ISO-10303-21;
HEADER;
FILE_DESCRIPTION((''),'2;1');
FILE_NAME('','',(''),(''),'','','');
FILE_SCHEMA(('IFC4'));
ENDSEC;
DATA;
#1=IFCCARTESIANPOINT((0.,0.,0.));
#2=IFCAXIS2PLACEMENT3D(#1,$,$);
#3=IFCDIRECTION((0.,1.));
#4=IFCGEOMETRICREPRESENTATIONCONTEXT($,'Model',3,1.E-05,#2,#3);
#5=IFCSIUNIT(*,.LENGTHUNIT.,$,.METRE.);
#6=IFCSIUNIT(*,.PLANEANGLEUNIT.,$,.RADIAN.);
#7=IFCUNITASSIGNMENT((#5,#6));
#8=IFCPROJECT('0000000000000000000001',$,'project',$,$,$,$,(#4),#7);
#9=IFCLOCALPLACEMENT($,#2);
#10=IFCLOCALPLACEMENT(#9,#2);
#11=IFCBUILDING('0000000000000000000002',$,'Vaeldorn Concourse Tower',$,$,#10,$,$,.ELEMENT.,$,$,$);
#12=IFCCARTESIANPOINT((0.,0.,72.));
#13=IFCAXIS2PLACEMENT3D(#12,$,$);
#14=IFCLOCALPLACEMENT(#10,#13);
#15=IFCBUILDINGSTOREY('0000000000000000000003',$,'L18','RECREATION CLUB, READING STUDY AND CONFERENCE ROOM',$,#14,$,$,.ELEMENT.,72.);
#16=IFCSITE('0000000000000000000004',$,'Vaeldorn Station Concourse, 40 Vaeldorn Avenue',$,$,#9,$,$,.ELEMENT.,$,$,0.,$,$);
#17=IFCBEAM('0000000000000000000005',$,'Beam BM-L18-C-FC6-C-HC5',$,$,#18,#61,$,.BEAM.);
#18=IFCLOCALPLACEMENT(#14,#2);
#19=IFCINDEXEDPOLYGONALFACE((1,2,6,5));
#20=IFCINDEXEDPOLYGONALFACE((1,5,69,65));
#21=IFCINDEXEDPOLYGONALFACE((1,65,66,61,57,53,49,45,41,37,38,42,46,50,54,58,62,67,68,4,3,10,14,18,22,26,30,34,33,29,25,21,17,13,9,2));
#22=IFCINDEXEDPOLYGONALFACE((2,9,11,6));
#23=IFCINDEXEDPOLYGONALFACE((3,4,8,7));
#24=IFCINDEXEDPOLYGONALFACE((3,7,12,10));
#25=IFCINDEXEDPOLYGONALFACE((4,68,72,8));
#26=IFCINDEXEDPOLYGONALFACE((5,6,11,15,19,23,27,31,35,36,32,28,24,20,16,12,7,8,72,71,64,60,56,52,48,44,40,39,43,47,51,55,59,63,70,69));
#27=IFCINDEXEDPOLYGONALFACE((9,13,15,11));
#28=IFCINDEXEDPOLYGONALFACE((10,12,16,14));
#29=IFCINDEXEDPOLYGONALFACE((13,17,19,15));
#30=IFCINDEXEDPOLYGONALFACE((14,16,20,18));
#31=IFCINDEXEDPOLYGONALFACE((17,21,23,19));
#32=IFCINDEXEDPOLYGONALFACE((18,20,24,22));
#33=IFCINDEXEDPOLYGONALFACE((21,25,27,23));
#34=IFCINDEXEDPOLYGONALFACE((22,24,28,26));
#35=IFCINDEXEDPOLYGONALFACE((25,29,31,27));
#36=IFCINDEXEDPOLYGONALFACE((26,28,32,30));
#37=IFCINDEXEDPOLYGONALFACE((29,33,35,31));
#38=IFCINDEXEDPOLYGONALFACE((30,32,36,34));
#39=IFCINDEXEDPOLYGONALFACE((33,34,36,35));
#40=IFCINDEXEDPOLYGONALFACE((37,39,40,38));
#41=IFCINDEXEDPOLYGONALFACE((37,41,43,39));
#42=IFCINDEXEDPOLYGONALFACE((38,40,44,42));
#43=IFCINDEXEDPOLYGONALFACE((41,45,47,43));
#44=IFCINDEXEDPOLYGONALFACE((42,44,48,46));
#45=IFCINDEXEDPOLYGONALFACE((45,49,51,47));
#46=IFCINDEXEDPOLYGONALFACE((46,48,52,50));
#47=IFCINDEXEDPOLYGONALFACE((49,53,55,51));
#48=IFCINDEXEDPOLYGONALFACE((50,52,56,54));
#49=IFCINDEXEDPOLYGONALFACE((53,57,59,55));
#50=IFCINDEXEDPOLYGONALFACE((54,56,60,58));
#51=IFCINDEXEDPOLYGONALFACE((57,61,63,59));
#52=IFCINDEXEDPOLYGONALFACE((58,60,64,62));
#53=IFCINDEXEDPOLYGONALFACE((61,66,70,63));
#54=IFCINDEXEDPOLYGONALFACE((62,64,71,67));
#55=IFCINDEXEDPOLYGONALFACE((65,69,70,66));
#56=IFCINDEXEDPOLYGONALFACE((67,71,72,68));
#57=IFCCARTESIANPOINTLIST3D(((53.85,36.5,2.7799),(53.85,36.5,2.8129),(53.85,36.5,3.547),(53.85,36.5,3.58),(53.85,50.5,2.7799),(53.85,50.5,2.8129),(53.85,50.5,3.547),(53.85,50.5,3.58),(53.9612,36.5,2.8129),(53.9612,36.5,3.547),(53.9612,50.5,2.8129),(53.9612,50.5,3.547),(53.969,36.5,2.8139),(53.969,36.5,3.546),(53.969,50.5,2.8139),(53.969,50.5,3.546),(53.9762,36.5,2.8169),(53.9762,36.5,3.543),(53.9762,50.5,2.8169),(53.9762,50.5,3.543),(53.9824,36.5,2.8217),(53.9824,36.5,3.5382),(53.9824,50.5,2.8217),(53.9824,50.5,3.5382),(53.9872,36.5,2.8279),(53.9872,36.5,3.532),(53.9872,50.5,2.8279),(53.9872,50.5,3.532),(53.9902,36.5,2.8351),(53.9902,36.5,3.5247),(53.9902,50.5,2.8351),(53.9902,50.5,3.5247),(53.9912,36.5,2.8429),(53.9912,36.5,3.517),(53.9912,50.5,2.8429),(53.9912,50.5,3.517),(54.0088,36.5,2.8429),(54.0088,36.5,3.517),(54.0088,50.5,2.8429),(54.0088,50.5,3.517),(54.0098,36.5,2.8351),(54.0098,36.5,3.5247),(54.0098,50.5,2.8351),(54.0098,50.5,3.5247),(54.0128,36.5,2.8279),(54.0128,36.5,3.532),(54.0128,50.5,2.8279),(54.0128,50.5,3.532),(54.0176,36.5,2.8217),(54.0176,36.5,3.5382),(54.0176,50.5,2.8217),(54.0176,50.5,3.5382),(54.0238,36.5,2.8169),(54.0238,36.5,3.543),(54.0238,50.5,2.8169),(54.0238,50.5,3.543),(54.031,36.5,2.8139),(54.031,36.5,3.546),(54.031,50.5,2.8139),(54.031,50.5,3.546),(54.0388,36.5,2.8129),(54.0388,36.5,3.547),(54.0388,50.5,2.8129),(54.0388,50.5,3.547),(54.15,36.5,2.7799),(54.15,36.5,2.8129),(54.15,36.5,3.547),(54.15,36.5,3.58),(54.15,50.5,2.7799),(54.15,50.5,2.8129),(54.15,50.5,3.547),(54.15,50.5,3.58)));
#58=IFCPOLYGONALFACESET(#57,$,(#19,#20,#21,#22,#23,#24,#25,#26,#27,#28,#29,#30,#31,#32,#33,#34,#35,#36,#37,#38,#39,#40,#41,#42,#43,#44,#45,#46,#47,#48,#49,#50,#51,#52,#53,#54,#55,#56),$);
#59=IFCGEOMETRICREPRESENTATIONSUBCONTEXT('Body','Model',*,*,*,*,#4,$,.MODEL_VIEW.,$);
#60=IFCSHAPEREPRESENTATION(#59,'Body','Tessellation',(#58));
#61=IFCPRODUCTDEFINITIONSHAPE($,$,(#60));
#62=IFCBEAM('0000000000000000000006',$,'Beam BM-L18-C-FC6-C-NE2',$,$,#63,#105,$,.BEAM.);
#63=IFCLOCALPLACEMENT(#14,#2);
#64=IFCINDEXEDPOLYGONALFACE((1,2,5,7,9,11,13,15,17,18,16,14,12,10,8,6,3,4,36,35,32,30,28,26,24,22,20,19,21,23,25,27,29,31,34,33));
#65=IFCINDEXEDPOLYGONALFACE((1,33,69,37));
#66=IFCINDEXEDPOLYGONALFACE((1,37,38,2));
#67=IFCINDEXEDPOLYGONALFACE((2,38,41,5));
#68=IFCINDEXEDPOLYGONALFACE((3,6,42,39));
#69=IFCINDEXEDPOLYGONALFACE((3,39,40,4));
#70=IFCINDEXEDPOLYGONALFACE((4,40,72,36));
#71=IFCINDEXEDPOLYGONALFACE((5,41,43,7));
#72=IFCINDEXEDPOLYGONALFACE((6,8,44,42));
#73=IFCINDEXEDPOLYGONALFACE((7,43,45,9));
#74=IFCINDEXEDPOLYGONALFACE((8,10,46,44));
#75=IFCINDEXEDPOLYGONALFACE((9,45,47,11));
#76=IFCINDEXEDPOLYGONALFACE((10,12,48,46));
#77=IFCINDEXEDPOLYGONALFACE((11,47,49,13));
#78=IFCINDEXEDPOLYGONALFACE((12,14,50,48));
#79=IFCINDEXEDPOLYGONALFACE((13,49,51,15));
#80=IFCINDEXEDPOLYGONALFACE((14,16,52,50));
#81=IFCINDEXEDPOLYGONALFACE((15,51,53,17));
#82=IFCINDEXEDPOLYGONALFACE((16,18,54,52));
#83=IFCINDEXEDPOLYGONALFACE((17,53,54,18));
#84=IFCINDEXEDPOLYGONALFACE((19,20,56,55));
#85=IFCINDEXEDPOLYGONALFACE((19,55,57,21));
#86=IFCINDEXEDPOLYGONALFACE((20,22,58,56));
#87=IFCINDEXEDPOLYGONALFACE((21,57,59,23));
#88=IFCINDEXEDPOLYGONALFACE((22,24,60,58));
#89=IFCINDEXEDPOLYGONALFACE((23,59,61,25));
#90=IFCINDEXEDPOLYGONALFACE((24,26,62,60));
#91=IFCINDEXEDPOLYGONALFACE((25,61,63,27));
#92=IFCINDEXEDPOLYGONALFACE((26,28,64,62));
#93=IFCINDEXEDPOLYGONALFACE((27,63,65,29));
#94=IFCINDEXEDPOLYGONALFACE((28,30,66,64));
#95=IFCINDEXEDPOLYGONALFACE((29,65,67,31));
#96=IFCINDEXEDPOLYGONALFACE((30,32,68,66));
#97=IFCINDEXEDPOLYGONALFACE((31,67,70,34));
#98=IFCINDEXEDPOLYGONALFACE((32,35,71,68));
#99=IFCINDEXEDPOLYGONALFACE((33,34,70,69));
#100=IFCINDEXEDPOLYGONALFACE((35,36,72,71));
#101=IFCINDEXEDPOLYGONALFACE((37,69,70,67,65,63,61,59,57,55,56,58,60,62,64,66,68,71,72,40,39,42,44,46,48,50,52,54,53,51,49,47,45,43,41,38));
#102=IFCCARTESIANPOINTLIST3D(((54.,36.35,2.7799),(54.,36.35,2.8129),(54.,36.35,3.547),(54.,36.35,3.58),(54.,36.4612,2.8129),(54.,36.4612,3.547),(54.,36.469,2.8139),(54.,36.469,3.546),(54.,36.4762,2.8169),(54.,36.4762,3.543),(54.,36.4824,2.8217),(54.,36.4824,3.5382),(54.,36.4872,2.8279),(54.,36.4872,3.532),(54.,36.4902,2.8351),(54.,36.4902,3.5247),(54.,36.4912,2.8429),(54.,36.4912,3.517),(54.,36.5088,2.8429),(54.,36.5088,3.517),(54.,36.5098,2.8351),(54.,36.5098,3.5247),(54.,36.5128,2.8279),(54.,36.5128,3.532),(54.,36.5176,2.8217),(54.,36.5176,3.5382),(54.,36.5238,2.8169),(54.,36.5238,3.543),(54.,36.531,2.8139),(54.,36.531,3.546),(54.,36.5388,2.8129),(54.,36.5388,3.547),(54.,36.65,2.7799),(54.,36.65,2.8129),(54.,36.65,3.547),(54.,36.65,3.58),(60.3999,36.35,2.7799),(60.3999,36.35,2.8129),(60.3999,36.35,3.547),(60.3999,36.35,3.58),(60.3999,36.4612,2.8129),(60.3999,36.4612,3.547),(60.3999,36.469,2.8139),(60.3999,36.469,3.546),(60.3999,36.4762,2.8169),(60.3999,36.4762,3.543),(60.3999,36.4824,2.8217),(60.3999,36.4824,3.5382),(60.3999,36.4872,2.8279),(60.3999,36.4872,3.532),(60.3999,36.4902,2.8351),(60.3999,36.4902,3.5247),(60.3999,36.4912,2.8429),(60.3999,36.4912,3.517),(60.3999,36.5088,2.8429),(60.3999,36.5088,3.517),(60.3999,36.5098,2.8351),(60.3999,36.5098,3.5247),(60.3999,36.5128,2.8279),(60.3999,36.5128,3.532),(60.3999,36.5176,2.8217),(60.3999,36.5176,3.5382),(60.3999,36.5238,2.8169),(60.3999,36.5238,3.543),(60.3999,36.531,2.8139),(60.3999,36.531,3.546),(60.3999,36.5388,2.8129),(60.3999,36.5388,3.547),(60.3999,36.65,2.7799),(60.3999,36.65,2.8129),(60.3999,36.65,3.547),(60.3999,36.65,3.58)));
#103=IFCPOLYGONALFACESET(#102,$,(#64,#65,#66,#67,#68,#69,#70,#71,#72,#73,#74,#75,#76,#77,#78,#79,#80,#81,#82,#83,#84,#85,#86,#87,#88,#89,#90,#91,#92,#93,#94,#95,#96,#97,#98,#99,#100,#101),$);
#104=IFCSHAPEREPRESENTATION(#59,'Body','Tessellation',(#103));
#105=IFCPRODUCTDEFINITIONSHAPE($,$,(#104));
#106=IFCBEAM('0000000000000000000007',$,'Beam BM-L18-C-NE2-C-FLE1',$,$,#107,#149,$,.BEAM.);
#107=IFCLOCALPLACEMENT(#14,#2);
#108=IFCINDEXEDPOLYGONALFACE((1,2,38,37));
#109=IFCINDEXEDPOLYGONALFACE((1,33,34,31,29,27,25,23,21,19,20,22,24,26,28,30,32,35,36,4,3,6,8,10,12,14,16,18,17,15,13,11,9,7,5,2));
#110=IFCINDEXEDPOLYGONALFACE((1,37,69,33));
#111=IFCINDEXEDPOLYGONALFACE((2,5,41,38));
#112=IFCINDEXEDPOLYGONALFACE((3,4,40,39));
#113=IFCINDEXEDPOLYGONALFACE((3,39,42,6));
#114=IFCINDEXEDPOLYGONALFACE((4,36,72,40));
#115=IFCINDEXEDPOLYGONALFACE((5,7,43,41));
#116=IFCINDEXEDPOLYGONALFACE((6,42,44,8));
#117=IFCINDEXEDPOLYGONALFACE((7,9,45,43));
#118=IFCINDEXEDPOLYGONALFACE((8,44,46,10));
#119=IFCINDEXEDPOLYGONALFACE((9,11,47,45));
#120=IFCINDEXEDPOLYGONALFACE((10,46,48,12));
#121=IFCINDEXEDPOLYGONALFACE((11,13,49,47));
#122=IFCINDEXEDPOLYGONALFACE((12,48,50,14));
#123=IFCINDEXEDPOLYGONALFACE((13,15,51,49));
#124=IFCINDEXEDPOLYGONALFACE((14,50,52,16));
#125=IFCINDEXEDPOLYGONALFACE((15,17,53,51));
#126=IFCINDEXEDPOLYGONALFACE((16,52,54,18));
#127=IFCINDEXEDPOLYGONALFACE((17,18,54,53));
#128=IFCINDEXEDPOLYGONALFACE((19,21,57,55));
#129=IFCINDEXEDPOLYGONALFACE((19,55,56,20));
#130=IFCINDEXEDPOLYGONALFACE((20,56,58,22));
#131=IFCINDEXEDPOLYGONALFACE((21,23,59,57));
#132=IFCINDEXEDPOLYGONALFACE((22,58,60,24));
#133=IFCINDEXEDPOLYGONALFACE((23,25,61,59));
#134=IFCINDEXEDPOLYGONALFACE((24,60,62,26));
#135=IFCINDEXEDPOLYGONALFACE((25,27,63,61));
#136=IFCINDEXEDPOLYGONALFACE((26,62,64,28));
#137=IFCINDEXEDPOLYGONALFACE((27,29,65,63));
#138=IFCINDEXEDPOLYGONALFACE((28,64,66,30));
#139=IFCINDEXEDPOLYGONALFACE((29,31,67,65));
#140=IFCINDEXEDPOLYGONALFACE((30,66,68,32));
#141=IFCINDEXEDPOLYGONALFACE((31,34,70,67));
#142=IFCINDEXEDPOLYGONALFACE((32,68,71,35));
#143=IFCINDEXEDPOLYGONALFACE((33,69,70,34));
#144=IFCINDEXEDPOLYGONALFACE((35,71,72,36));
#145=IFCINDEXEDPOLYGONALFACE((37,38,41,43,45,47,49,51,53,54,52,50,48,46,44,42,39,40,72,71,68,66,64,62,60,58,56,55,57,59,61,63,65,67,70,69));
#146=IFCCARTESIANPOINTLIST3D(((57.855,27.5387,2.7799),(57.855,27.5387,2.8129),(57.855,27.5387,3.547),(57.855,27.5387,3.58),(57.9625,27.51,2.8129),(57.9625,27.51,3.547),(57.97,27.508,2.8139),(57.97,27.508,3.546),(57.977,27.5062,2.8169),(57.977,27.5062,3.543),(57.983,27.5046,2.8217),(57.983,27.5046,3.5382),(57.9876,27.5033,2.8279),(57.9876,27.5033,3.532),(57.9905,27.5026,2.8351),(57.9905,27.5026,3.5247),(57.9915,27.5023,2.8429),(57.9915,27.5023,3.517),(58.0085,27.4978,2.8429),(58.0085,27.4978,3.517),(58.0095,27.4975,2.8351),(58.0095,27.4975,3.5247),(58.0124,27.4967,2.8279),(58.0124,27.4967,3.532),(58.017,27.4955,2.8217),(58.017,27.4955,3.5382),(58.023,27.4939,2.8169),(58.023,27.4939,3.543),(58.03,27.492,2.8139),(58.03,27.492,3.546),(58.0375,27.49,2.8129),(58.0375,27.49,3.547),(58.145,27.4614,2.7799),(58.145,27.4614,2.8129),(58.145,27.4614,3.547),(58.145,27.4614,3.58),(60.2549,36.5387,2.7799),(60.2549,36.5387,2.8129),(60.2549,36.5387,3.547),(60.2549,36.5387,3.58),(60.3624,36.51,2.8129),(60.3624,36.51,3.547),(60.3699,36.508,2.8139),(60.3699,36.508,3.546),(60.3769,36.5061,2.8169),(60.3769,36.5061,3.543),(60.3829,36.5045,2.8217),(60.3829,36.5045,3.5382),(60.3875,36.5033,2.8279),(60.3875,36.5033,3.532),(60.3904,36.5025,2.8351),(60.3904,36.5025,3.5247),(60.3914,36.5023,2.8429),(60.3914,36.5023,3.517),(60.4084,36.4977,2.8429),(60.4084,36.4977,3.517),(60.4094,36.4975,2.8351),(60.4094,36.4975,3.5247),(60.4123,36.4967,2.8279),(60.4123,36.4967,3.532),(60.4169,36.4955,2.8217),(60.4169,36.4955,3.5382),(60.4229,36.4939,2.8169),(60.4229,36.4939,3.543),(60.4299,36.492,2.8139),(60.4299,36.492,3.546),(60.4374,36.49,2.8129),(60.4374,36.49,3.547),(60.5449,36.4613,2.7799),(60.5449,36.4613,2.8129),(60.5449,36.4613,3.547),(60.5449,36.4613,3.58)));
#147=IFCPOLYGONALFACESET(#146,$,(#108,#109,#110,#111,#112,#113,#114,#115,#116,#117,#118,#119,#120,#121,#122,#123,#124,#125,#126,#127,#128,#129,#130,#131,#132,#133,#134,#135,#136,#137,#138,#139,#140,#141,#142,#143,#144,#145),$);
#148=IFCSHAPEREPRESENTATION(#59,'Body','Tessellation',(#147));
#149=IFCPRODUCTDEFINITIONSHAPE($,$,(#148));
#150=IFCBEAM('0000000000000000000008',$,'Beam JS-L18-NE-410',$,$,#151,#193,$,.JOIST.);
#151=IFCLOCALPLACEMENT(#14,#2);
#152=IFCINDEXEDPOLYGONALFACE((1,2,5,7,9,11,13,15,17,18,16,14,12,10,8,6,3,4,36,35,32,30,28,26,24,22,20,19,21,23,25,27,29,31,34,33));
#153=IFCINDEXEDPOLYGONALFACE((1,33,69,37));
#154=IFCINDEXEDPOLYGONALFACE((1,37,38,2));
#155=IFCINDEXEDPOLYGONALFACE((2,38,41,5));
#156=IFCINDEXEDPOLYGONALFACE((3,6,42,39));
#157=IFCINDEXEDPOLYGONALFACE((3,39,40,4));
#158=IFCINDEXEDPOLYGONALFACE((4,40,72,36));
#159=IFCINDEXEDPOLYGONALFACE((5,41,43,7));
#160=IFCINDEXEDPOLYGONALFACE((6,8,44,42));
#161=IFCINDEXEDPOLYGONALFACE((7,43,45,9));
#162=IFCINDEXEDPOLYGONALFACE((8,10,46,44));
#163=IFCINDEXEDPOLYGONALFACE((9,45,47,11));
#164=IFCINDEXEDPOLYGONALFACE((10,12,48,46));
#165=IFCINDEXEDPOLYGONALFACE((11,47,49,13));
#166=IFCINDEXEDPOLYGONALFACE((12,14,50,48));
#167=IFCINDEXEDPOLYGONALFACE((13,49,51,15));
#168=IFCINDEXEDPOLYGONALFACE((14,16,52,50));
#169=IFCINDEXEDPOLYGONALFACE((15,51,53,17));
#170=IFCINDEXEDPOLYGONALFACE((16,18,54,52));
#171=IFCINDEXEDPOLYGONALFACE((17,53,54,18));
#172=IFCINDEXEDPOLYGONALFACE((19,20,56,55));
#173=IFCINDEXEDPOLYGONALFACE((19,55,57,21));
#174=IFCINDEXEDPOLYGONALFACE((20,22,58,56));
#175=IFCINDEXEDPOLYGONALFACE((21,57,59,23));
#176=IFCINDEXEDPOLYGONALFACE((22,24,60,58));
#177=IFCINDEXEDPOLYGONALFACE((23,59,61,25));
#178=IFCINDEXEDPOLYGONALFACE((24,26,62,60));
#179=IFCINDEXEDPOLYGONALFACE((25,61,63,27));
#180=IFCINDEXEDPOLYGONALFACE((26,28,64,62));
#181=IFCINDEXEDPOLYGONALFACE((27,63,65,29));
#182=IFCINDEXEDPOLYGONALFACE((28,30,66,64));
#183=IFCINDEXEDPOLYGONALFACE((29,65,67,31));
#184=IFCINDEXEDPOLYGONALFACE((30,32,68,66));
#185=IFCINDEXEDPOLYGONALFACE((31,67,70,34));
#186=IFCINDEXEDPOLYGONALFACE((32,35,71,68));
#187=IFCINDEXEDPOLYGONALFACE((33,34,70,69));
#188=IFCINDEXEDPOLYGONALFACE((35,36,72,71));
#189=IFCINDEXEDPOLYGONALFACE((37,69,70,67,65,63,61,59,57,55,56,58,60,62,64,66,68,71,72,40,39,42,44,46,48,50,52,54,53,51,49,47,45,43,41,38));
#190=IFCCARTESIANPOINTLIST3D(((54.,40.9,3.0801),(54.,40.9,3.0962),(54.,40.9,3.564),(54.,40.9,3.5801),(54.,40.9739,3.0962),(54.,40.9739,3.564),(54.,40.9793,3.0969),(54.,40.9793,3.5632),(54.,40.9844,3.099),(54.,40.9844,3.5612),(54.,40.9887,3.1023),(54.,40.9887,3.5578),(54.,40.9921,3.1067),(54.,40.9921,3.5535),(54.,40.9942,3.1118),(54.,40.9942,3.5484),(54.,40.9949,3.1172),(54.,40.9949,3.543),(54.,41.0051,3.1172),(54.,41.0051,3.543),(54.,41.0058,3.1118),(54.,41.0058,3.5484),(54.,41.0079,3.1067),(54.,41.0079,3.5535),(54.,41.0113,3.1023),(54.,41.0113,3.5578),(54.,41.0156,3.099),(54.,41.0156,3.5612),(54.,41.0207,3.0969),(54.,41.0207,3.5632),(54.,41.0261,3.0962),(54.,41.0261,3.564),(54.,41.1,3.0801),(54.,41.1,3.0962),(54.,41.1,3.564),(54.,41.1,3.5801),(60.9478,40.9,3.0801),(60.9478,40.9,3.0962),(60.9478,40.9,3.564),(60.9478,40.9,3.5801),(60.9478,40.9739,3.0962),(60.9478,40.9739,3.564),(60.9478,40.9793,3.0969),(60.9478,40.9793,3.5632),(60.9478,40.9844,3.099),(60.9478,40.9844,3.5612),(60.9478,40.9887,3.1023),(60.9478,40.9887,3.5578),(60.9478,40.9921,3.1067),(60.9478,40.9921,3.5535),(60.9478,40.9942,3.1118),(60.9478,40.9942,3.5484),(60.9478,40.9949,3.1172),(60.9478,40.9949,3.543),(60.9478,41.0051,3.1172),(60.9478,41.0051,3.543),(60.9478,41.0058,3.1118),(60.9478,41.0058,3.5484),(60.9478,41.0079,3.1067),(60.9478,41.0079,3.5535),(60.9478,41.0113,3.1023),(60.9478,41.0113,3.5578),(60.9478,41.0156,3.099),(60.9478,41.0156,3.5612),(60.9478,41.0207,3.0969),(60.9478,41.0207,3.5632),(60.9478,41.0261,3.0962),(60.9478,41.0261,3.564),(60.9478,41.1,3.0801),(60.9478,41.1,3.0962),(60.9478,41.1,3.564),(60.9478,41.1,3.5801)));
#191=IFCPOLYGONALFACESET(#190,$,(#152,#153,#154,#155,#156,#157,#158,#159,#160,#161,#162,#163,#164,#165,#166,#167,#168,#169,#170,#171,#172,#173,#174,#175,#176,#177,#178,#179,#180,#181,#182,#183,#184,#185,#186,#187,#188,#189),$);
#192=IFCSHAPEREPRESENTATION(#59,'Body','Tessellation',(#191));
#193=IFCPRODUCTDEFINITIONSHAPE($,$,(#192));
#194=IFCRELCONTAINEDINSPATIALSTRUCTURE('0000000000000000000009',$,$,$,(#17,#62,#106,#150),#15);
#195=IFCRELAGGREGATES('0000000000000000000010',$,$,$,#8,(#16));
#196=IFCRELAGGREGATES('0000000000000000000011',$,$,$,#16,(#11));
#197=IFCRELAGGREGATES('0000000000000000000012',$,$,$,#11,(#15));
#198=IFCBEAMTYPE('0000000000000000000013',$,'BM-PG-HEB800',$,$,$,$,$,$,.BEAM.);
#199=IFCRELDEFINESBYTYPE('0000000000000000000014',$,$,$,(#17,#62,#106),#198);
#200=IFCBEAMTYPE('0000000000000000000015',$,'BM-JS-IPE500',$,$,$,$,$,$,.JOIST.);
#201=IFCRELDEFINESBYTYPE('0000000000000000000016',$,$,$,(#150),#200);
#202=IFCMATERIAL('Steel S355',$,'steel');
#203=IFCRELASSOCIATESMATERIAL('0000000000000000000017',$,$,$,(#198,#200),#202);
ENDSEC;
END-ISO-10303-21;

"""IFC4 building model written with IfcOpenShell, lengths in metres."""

from ifc_helpers import new_model, si_unit, direction, frame, origin, origin_2d, place, context, subcontext, project, spatial, i_section, extrude, source, transform, mapped, material, material_profile, profile_set, type_object, element, save


model = new_model("IFC4")

# Units and contexts
model_context = context("Model", 3, precision=1e-05, world=origin(), true_north=direction((0.0, 1.0)))
body_context = subcontext(model_context, "Body", "Model", "MODEL_VIEW")
ifc_project = project(units=[si_unit("LENGTHUNIT", "METRE"), si_unit("PLANEANGLEUNIT", "RADIAN")], contexts=[model_context])

# Site, building, storey
site_placement = place(None, origin())
site = spatial("IfcSite", under=ifc_project, at=site_placement, Name="Vaeldorn Station Concourse, 40 Vaeldorn Avenue", CompositionType="ELEMENT", RefElevation=0.0)
building_placement = place(site_placement, origin())
building = spatial("IfcBuilding", under=site, at=building_placement, Name="Vaeldorn Concourse Tower", CompositionType="ELEMENT")
storey_placement = place(building_placement, frame((0.0, 0.0, 72.0)))
storey = spatial("IfcBuildingStorey", under=building, at=storey_placement, Name="L18", Description="RECREATION CLUB, READING STUDY AND CONFERENCE ROOM", CompositionType="ELEMENT", Elevation=72.0)

# Beams
ifc_material_1 = material(Name="Steel S355", Category="steel")
ifc_material_profile_1 = material_profile(ifc_material_1, i_section(OverallWidth=0.3, OverallDepth=0.8, WebThickness=0.0176, FlangeThickness=0.033, FilletRadius=0.03, at=origin_2d()), Name="HEB 800")
ifc_profile_set_1 = profile_set([ifc_material_profile_1], Name="Steel S355")
beam_type_1 = type_object("IfcBeamType", Name="BM-PG-HEB800", PredefinedType="BEAM", material=ifc_profile_set_1)
shared_shape_1 = source(origin(), body_context, "Body", "SweptSolid", [
    extrude(i_section(OverallWidth=0.3, OverallDepth=0.8, WebThickness=0.0176, FlangeThickness=0.033, FilletRadius=0.03, at=origin_2d()), origin(), (0.0, 0.0, 1.0), 14.0),
])
beam_1_placement = place(storey_placement, frame((54.0, 36.5, 3.1799), z_axis=(0.0, 1.0, 0.0), x_axis=(-1.0, 0.0, 0.0)))
element("IfcBeam", 1, at=beam_1_placement, inside=storey, type_object=beam_type_1, Name="Beam BM-L18-C-FC6-C-HC5", PredefinedType="BEAM", context=body_context, shape_type="MappedRepresentation", body=[
    mapped(shared_shape_1, transform((0.0, 0.0, 0.0), scale=1.0)),
])
shared_shape_2 = source(origin(), body_context, "Body", "SweptSolid", [
    extrude(i_section(OverallWidth=0.3, OverallDepth=0.8, WebThickness=0.0176, FlangeThickness=0.033, FilletRadius=0.03, at=origin_2d()), origin(), (0.0, 0.0, 1.0), 6.3999),
])
beam_2_placement = place(storey_placement, frame((54.0, 36.5, 3.1799), z_axis=(1.0, 0.0, 0.0), x_axis=(0.0, 1.0, 0.0)))
element("IfcBeam", 2, at=beam_2_placement, inside=storey, type_object=beam_type_1, Name="Beam BM-L18-C-FC6-C-NE2", PredefinedType="BEAM", context=body_context, shape_type="MappedRepresentation", body=[
    mapped(shared_shape_2, transform((0.0, 0.0, 0.0), scale=1.0)),
])
shared_shape_3 = source(origin(), body_context, "Body", "SweptSolid", [
    extrude(i_section(OverallWidth=0.3, OverallDepth=0.8, WebThickness=0.0176, FlangeThickness=0.033, FilletRadius=0.03, at=origin_2d()), origin(), (0.0, 0.0, 1.0), 9.3145),
])
beam_3_placement = place(storey_placement, frame((60.3999, 36.5, 3.1799), z_axis=(-0.257653, -0.966238, 0.0), x_axis=(0.966238, -0.257653, 0.0)))
element("IfcBeam", 3, at=beam_3_placement, inside=storey, type_object=beam_type_1, Name="Beam BM-L18-C-NE2-C-FLE1", PredefinedType="BEAM", context=body_context, shape_type="MappedRepresentation", body=[
    mapped(shared_shape_3, transform((0.0, 0.0, 0.0), scale=1.0)),
])
ifc_material_profile_2 = material_profile(ifc_material_1, i_section(OverallWidth=0.2, OverallDepth=0.5, WebThickness=0.0103, FlangeThickness=0.0161, FilletRadius=0.021, at=origin_2d()), Name="IPE 500")
ifc_profile_set_2 = profile_set([ifc_material_profile_2], Name="Steel S355")
beam_type_2 = type_object("IfcBeamType", Name="BM-JS-IPE500", PredefinedType="JOIST", material=ifc_profile_set_2)
shared_shape_4 = source(origin(), body_context, "Body", "SweptSolid", [
    extrude(i_section(OverallWidth=0.2, OverallDepth=0.5, WebThickness=0.0103, FlangeThickness=0.0161, FilletRadius=0.021, at=origin_2d()), origin(), (0.0, 0.0, 1.0), 6.9478),
])
beam_4_placement = place(storey_placement, frame((54.0, 41.0, 3.3301), z_axis=(1.0, 0.0, 0.0), x_axis=(0.0, 1.0, 0.0)))
element("IfcBeam", 4, at=beam_4_placement, inside=storey, type_object=beam_type_2, Name="Beam JS-L18-NE-410", PredefinedType="JOIST", context=body_context, shape_type="MappedRepresentation", body=[
    mapped(shared_shape_4, transform((0.0, 0.0, 0.0), scale=1.0)),
])

save(model, "model.ifc")
